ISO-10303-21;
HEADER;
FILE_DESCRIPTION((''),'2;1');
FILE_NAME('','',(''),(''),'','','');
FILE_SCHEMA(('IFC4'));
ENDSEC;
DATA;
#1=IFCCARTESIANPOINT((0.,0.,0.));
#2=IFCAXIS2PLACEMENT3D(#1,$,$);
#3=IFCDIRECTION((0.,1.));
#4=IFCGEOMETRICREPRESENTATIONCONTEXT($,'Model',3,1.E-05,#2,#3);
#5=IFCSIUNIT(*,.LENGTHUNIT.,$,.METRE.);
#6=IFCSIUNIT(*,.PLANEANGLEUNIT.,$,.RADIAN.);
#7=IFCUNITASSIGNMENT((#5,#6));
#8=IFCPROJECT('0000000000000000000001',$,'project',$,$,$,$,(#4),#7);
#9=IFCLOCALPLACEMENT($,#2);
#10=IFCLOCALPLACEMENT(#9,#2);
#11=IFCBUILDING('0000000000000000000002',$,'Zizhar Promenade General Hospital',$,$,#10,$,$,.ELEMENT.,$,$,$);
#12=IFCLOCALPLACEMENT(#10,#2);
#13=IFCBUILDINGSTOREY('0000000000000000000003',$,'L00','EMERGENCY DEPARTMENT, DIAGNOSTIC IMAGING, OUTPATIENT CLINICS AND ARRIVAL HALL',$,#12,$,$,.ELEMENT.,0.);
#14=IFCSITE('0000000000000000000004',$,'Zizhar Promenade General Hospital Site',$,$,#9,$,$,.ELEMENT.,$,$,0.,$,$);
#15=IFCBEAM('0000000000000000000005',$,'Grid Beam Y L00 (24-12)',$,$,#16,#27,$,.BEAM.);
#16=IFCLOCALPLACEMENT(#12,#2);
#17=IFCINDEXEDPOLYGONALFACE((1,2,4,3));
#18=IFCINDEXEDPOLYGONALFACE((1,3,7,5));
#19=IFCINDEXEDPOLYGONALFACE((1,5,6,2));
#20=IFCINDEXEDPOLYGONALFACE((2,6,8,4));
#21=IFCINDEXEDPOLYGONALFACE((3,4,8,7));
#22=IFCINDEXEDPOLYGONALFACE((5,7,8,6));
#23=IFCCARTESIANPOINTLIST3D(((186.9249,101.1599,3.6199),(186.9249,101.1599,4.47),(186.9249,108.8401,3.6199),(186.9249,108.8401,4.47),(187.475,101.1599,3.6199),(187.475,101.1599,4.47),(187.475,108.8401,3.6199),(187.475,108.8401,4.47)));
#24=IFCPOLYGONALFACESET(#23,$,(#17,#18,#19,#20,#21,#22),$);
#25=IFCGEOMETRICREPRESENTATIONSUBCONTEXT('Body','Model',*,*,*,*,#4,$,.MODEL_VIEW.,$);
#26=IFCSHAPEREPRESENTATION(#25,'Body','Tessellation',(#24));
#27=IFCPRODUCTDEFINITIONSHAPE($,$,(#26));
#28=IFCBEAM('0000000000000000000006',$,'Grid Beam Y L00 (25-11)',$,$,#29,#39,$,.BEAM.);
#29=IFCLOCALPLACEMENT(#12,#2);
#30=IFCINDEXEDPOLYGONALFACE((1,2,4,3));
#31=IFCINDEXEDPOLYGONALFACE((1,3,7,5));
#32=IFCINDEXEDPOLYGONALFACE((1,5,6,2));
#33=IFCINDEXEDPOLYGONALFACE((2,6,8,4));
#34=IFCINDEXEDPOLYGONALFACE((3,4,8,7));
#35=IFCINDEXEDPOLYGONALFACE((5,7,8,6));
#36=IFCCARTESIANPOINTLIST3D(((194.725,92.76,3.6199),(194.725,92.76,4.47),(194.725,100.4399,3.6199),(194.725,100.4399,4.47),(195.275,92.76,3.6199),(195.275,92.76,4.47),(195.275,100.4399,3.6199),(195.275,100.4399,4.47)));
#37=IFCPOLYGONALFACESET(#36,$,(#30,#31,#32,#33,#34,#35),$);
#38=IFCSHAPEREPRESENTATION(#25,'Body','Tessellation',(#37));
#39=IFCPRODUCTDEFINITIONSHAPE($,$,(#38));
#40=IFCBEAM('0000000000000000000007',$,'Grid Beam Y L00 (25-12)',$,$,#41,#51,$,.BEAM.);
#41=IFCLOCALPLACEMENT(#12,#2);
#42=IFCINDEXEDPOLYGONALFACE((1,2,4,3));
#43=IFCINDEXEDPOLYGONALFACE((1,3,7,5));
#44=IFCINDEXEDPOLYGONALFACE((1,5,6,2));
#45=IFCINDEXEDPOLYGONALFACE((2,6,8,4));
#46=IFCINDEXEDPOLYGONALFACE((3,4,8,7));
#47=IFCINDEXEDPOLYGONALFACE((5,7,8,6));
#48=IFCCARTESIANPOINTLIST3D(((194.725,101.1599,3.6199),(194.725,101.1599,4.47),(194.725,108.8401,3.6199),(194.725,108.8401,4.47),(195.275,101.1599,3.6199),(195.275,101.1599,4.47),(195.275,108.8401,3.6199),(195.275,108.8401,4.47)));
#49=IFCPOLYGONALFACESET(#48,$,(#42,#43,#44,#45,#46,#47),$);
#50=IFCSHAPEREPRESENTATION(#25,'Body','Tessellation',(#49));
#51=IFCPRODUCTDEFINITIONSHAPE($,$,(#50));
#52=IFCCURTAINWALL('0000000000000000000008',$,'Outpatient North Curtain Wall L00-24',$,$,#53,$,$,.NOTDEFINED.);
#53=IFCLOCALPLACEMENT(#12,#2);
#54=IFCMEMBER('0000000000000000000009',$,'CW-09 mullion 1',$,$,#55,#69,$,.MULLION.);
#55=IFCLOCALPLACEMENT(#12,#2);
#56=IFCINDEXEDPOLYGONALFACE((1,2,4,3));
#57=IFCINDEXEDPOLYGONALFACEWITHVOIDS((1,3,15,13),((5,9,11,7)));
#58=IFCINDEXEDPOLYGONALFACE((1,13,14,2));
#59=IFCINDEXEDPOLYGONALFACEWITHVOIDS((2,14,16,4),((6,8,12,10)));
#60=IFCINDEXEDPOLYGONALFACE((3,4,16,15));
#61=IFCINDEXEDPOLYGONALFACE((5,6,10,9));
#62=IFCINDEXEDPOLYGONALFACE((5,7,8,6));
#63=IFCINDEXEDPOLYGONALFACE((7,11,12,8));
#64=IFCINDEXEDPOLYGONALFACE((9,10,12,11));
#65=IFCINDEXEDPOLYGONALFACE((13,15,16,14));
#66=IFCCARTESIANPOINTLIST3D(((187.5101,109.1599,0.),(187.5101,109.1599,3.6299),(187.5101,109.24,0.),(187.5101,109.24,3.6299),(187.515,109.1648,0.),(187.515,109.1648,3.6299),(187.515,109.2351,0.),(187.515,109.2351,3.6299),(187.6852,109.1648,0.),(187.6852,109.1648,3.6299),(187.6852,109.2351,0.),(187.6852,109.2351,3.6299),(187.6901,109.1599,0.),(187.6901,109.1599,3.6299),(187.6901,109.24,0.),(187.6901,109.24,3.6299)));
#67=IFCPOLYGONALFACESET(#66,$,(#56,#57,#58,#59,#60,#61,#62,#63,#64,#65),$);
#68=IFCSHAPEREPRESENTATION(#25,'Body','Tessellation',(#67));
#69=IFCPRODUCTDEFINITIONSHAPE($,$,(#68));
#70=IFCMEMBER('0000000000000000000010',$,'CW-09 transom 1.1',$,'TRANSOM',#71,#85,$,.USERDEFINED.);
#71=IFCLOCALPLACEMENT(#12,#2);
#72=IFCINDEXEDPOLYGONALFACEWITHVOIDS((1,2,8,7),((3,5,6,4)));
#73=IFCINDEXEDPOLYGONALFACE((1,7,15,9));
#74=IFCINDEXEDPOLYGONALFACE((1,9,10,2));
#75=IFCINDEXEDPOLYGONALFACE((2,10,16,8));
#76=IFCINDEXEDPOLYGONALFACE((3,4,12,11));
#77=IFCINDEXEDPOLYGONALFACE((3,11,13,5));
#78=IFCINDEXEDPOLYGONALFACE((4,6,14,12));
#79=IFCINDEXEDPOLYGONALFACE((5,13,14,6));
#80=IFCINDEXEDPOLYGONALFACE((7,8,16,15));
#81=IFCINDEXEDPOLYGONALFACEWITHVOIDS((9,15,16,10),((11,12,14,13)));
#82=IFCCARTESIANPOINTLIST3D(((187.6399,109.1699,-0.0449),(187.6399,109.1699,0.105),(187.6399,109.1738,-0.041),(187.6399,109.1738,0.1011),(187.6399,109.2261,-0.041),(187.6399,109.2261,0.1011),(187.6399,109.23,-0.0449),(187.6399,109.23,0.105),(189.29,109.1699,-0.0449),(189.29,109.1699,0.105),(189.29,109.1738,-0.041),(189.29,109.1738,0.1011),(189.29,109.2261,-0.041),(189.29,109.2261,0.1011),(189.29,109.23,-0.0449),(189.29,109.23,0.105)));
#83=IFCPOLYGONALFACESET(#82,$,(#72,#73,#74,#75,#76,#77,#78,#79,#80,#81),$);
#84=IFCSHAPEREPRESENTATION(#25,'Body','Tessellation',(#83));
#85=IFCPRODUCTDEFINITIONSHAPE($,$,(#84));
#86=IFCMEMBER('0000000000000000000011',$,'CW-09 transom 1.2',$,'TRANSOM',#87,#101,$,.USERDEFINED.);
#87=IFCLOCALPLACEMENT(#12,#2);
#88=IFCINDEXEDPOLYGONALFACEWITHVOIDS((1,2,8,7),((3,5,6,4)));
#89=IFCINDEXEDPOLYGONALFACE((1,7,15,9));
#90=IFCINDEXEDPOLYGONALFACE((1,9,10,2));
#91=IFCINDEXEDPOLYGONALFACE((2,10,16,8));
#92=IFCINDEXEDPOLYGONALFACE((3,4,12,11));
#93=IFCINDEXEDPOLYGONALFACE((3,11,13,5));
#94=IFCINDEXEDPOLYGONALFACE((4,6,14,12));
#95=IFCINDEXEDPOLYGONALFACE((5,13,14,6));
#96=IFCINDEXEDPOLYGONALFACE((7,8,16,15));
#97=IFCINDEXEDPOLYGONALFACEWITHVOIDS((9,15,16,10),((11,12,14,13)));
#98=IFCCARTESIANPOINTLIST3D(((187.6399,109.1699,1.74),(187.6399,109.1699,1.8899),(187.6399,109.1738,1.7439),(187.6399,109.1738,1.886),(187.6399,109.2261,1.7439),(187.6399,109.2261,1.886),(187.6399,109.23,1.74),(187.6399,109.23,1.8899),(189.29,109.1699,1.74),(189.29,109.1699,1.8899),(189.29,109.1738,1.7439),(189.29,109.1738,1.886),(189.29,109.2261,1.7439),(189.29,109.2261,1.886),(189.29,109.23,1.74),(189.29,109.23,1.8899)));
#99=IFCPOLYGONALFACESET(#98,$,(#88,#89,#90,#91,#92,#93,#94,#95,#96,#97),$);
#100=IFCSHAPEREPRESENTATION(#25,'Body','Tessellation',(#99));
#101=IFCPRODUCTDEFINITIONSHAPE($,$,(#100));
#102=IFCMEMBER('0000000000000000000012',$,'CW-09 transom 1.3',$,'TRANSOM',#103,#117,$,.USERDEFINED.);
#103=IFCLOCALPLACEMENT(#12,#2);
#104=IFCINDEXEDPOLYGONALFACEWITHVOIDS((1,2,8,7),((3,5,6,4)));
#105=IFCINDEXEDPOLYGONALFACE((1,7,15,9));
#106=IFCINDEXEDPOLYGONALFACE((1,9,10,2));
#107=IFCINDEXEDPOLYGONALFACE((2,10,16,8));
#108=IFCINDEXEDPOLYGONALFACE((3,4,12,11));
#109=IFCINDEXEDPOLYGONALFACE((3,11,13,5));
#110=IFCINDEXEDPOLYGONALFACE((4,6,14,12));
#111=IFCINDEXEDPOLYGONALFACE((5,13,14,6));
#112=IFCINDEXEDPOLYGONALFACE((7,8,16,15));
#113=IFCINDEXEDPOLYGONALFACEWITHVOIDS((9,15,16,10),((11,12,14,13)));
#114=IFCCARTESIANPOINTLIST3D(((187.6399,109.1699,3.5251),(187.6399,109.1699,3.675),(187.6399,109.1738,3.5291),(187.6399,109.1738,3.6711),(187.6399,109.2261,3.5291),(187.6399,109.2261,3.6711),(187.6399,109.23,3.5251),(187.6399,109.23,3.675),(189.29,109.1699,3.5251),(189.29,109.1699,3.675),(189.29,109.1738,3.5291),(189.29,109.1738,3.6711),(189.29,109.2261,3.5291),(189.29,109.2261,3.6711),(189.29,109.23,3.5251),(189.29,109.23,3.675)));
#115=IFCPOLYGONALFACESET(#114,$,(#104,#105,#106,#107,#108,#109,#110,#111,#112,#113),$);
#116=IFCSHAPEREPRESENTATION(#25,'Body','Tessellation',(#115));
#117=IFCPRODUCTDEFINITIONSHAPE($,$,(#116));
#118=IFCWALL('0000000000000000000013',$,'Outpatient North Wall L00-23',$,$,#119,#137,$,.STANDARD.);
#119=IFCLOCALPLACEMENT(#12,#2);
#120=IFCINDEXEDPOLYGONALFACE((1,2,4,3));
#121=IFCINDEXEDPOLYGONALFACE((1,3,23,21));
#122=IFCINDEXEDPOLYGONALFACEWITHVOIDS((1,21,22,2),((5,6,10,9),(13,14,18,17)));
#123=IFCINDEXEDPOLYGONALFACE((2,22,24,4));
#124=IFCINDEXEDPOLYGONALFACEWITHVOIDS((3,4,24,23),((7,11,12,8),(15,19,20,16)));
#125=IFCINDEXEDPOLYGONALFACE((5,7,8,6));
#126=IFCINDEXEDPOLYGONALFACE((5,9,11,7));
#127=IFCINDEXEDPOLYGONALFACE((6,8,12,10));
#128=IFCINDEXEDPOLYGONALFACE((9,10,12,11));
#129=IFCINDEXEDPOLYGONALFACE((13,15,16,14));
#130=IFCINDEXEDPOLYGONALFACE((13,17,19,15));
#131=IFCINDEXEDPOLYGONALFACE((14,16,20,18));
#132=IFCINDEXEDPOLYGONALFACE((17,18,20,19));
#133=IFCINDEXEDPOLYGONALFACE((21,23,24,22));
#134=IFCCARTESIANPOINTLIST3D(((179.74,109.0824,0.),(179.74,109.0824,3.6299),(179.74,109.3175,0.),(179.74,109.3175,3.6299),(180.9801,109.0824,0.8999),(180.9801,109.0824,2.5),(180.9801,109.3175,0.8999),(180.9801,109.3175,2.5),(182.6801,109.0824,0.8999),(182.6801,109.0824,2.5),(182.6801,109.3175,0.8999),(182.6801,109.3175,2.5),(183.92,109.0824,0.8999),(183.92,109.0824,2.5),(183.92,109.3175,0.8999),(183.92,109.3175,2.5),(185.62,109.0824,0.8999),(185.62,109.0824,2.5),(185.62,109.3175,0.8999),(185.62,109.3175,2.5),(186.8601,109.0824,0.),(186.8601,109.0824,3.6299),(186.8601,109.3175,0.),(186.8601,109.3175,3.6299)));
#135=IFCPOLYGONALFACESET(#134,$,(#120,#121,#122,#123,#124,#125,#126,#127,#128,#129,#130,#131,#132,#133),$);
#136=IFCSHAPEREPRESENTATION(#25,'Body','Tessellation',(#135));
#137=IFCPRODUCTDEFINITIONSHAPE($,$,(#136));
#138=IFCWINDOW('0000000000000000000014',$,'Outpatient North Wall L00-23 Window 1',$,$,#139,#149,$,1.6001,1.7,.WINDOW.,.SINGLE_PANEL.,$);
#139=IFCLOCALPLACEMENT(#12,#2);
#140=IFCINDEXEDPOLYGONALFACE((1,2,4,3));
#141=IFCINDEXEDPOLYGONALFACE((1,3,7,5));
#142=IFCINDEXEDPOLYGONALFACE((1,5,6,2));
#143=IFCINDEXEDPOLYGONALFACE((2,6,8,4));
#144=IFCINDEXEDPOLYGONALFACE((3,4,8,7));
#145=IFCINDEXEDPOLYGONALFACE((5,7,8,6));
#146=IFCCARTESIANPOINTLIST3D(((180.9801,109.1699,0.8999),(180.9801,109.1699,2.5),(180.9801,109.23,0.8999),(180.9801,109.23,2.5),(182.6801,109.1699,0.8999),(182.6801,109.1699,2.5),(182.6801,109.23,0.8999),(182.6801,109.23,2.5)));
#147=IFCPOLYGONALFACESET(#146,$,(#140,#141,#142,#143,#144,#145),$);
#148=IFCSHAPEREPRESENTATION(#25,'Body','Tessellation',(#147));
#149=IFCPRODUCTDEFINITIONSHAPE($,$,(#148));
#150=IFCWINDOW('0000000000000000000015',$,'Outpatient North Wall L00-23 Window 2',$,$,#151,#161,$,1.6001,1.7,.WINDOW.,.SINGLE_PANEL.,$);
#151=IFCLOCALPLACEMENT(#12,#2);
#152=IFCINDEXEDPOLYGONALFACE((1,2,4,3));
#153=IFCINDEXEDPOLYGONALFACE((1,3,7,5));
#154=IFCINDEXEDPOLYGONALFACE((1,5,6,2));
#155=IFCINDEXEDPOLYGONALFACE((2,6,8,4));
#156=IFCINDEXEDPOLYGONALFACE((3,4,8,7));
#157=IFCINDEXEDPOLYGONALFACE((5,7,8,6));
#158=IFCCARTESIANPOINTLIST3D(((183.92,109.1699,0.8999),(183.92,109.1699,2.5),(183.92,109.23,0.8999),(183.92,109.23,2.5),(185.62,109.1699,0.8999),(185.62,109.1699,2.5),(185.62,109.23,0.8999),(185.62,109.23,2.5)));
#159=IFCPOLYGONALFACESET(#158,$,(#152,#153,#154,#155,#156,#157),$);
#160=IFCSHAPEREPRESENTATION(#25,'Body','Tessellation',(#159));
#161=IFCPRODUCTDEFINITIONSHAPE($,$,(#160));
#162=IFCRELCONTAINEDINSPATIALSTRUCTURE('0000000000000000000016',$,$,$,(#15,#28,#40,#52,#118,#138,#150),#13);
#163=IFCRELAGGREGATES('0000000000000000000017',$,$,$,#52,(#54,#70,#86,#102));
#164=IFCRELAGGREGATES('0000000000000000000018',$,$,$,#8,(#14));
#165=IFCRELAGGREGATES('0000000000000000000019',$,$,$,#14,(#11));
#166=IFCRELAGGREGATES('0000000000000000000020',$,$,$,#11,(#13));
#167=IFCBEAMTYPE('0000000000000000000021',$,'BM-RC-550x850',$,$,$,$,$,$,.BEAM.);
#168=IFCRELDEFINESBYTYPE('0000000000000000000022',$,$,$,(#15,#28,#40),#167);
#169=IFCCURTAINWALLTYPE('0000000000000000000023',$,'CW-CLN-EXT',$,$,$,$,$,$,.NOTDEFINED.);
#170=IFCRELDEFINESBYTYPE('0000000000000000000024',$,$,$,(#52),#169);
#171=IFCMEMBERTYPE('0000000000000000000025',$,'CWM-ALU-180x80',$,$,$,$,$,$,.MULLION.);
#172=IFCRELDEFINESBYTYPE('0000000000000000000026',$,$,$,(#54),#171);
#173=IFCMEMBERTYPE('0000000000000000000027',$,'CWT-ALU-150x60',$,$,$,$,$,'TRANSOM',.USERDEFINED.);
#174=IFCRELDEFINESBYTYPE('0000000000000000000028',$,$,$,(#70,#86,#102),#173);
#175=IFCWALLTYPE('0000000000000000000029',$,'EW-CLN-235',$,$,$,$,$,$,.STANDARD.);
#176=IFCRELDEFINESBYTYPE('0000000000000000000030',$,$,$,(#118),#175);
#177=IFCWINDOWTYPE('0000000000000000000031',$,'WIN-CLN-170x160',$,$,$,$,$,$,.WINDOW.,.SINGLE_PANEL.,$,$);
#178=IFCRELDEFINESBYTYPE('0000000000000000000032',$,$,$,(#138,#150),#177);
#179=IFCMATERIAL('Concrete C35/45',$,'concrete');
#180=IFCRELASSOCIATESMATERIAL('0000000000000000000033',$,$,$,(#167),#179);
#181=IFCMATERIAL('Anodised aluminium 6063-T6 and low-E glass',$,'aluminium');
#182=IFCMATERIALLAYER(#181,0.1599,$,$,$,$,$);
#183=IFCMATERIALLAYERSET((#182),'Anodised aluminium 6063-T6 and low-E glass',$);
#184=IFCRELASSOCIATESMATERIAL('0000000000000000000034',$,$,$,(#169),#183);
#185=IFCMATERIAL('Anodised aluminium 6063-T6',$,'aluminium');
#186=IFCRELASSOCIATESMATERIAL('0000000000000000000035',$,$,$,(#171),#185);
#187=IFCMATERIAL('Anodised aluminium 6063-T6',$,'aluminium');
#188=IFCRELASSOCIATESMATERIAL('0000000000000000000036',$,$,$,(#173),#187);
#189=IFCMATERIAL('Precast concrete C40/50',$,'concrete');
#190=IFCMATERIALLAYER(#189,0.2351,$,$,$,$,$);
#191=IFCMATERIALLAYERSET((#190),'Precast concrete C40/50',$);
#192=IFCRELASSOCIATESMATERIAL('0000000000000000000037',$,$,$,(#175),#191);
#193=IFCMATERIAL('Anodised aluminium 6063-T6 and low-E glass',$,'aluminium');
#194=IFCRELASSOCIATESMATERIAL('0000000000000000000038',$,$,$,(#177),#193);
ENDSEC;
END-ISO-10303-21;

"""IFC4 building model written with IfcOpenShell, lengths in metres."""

from ifc_helpers import new_model, si_unit, direction, frame, frame_2d, origin, origin_2d, place, context, subcontext, project, spatial, rectangle, hollow_rectangle, extrude, material, layer, layer_set, material_profile, profile_set, type_object, element, fill, aggregate, save


model = new_model("IFC4")

# Units and contexts
model_context = context("Model", 3, precision=1e-05, world=origin(), true_north=direction((0.0, 1.0)))
body_context = subcontext(model_context, "Body", "Model", "MODEL_VIEW")
ifc_project = project(units=[si_unit("LENGTHUNIT", "METRE"), si_unit("PLANEANGLEUNIT", "RADIAN")], contexts=[model_context])

# Site, building, storey
site_placement = place(None, origin())
site = spatial("IfcSite", under=ifc_project, at=site_placement, Name="Zizhar Promenade General Hospital Site", CompositionType="ELEMENT", RefElevation=0.0)
building_placement = place(site_placement, origin())
building = spatial("IfcBuilding", under=site, at=building_placement, Name="Zizhar Promenade General Hospital", CompositionType="ELEMENT")
storey_placement = place(building_placement, origin())
storey = spatial("IfcBuildingStorey", under=building, at=storey_placement, Name="L00", Description="EMERGENCY DEPARTMENT, DIAGNOSTIC IMAGING, OUTPATIENT CLINICS AND ARRIVAL HALL", CompositionType="ELEMENT", Elevation=0.0)

# Beams
ifc_material_1 = material(Name="Concrete C35/45", Category="concrete")
ifc_material_profile_1 = material_profile(ifc_material_1, rectangle(XDim=0.55, YDim=0.8501, at=origin_2d()))
ifc_profile_set_1 = profile_set([ifc_material_profile_1], Name="Concrete C35/45")
beam_type_1 = type_object("IfcBeamType", Name="BM-RC-550x850", PredefinedType="BEAM", material=ifc_profile_set_1)
beam_1_placement = place(storey_placement, frame((187.2, 101.1599, 4.0449), z_axis=(0.0, 1.0, 0.0), x_axis=(-1.0, 0.0, 0.0)))
element("IfcBeam", 1, at=beam_1_placement, inside=storey, type_object=beam_type_1, Name="Grid Beam Y L00 (24-12)", PredefinedType="BEAM", context=body_context, shape_type="SweptSolid", body=[
    extrude(rectangle(XDim=0.55, YDim=0.8501, at=origin_2d()), origin(), (0.0, 0.0, 1.0), 7.6802),
])
beam_2_placement = place(storey_placement, frame((195.0, 92.76, 4.0449), z_axis=(0.0, 1.0, 0.0), x_axis=(-1.0, 0.0, 0.0)))
element("IfcBeam", 2, at=beam_2_placement, inside=storey, type_object=beam_type_1, Name="Grid Beam Y L00 (25-11)", PredefinedType="BEAM", context=body_context, shape_type="SweptSolid", body=[
    extrude(rectangle(XDim=0.55, YDim=0.8501, at=origin_2d()), origin(), (0.0, 0.0, 1.0), 7.6799),
])
beam_3_placement = place(storey_placement, frame((195.0, 101.1599, 4.0449), z_axis=(0.0, 1.0, 0.0), x_axis=(-1.0, 0.0, 0.0)))
element("IfcBeam", 3, at=beam_3_placement, inside=storey, type_object=beam_type_1, Name="Grid Beam Y L00 (25-12)", PredefinedType="BEAM", context=body_context, shape_type="SweptSolid", body=[
    extrude(rectangle(XDim=0.55, YDim=0.8501, at=origin_2d()), origin(), (0.0, 0.0, 1.0), 7.6802),
])

# Curtain wall, members
ifc_material_2 = material(Name="Anodised aluminium 6063-T6 and low-E glass", Category="aluminium")
ifc_layer_1 = layer(ifc_material_2, 0.1599)
ifc_layer_set_1 = layer_set([ifc_layer_1], Name="Anodised aluminium 6063-T6 and low-E glass")
curtain_wall_type = type_object("IfcCurtainWallType", Name="CW-CLN-EXT", PredefinedType="NOTDEFINED", material=ifc_layer_set_1)
curtain_wall_placement = place(storey_placement, origin())
curtain_wall = element("IfcCurtainWall", 4, at=curtain_wall_placement, inside=storey, type_object=curtain_wall_type, Name="Outpatient North Curtain Wall L00-24", PredefinedType="NOTDEFINED")
ifc_material_3 = material(Name="Anodised aluminium 6063-T6", Category="aluminium")
ifc_material_profile_2 = material_profile(ifc_material_3, hollow_rectangle(XDim=0.0801, YDim=0.1799, WallThickness=0.0049, at=origin_2d()))
ifc_profile_set_2 = profile_set([ifc_material_profile_2], Name="Anodised aluminium 6063-T6")
member_type_1 = type_object("IfcMemberType", Name="CWM-ALU-180x80", PredefinedType="MULLION", material=ifc_profile_set_2)
member_1_placement = place(storey_placement, frame((187.6001, 109.2, 0.0), z_axis=(0.0, 0.0, 1.0), x_axis=(0.0, 1.0, 0.0)))
member_1 = element("IfcMember", 5, at=member_1_placement, type_object=member_type_1, Name="CW-09 mullion 1", PredefinedType="MULLION", context=body_context, shape_type="SweptSolid", body=[
    extrude(hollow_rectangle(XDim=0.0801, YDim=0.1799, WallThickness=0.0049, at=origin_2d()), origin(), (0.0, 0.0, 1.0), 3.6299),
])
ifc_material_4 = material(Name="Anodised aluminium 6063-T6", Category="aluminium")
ifc_material_profile_3 = material_profile(ifc_material_4, hollow_rectangle(XDim=0.0601, YDim=0.1499, WallThickness=0.0039, at=origin_2d()))
ifc_profile_set_3 = profile_set([ifc_material_profile_3], Name="Anodised aluminium 6063-T6")
member_type_2 = type_object("IfcMemberType", Name="CWT-ALU-150x60", ElementType="TRANSOM", PredefinedType="USERDEFINED", material=ifc_profile_set_3)
member_2_placement = place(storey_placement, frame((187.6399, 109.2, 0.03), z_axis=(1.0, 0.0, 0.0), x_axis=(0.0, 1.0, 0.0)))
member_2 = element("IfcMember", 6, at=member_2_placement, type_object=member_type_2, Name="CW-09 transom 1.1", ObjectType="TRANSOM", PredefinedType="USERDEFINED", context=body_context, shape_type="SweptSolid", body=[
    extrude(hollow_rectangle(XDim=0.0601, YDim=0.1499, WallThickness=0.0039, at=origin_2d()), origin(), (0.0, 0.0, 1.0), 1.6501),
])
member_3_placement = place(storey_placement, frame((187.6399, 109.2, 1.8149), z_axis=(1.0, 0.0, 0.0), x_axis=(0.0, 1.0, 0.0)))
member_3 = element("IfcMember", 7, at=member_3_placement, type_object=member_type_2, Name="CW-09 transom 1.2", ObjectType="TRANSOM", PredefinedType="USERDEFINED", context=body_context, shape_type="SweptSolid", body=[
    extrude(hollow_rectangle(XDim=0.0601, YDim=0.1499, WallThickness=0.0039, at=origin_2d()), origin(), (0.0, 0.0, 1.0), 1.6501),
])
member_4_placement = place(storey_placement, frame((187.6399, 109.2, 3.6001), z_axis=(1.0, 0.0, 0.0), x_axis=(0.0, 1.0, 0.0)))
member_4 = element("IfcMember", 8, at=member_4_placement, type_object=member_type_2, Name="CW-09 transom 1.3", ObjectType="TRANSOM", PredefinedType="USERDEFINED", context=body_context, shape_type="SweptSolid", body=[
    extrude(hollow_rectangle(XDim=0.0601, YDim=0.1499, WallThickness=0.0039, at=origin_2d()), origin(), (0.0, 0.0, 1.0), 1.6501),
])
aggregate(curtain_wall, [member_1, member_2, member_3, member_4])

# Wall, openings, windows
ifc_material_5 = material(Name="Precast concrete C40/50", Category="concrete")
ifc_layer_2 = layer(ifc_material_5, 0.2351)
ifc_layer_set_2 = layer_set([ifc_layer_2], Name="Precast concrete C40/50")
wall_type = type_object("IfcWallType", Name="EW-CLN-235", PredefinedType="STANDARD", material=ifc_layer_set_2)
wall_1_placement = place(storey_placement, frame((179.74, 109.2, 0.0), z_axis=(0.0, 0.0, 1.0), x_axis=(1.0, 0.0, 0.0)))
wall_1 = element("IfcWall", 9, at=wall_1_placement, inside=storey, type_object=wall_type, Name="Outpatient North Wall L00-23", PredefinedType="STANDARD", context=body_context, shape_type="SweptSolid", body=[
    extrude(rectangle(XDim=7.1201, YDim=0.2351, at=frame_2d((3.5601, 0.0))), origin(), (0.0, 0.0, 1.0), 3.6299),
])
opening_1_placement = place(wall_1_placement, frame((1.24, 0.0, 0.8999)))
opening_1 = element("IfcOpeningElement", 10, at=opening_1_placement, cuts=wall_1, PredefinedType="OPENING", context=body_context, shape_type="SweptSolid", body=[
    extrude(rectangle(XDim=1.7, YDim=1.6001, at=frame_2d((0.8501, 0.8))), frame((0.0, 0.1274, 0.0), z_axis=(0.0, -1.0, 0.0), x_axis=(1.0, 0.0, 0.0)), (0.0, 0.0, 1.0), 0.2551),
])
opening_2_placement = place(wall_1_placement, frame((4.1799, 0.0, 0.8999)))
opening_2 = element("IfcOpeningElement", 11, at=opening_2_placement, cuts=wall_1, PredefinedType="OPENING", context=body_context, shape_type="SweptSolid", body=[
    extrude(rectangle(XDim=1.7, YDim=1.6001, at=frame_2d((0.8501, 0.8))), frame((0.0, 0.1274, 0.0), z_axis=(0.0, -1.0, 0.0), x_axis=(1.0, 0.0, 0.0)), (0.0, 0.0, 1.0), 0.2551),
])
ifc_material_6 = material(Name="Anodised aluminium 6063-T6 and low-E glass", Category="aluminium")
window_type_1 = type_object("IfcWindowType", Name="WIN-CLN-170x160", PartitioningType="SINGLE_PANEL", PredefinedType="WINDOW", material=ifc_material_6)
window_1_placement = place(opening_1_placement, origin())
window_1 = element("IfcWindow", 12, at=window_1_placement, inside=storey, type_object=window_type_1, Name="Outpatient North Wall L00-23 Window 1", OverallHeight=1.6001, OverallWidth=1.7, PartitioningType="SINGLE_PANEL", PredefinedType="WINDOW", context=body_context, shape_type="SweptSolid", body=[
    extrude(rectangle(XDim=1.7, YDim=1.6001, at=frame_2d((0.8501, 0.8))), frame((0.0, 0.03, 0.0), z_axis=(0.0, -1.0, 0.0), x_axis=(1.0, 0.0, 0.0)), (0.0, 0.0, 1.0), 0.0601),
])
fill(opening_1, window_1)
window_2_placement = place(opening_2_placement, origin())
window_2 = element("IfcWindow", 13, at=window_2_placement, inside=storey, type_object=window_type_1, Name="Outpatient North Wall L00-23 Window 2", OverallHeight=1.6001, OverallWidth=1.7, PartitioningType="SINGLE_PANEL", PredefinedType="WINDOW", context=body_context, shape_type="SweptSolid", body=[
    extrude(rectangle(XDim=1.7, YDim=1.6001, at=frame_2d((0.8501, 0.8))), frame((0.0, 0.03, 0.0), z_axis=(0.0, -1.0, 0.0), x_axis=(1.0, 0.0, 0.0)), (0.0, 0.0, 1.0), 0.0601),
])
fill(opening_2, window_2)

save(model, "model.ifc")
